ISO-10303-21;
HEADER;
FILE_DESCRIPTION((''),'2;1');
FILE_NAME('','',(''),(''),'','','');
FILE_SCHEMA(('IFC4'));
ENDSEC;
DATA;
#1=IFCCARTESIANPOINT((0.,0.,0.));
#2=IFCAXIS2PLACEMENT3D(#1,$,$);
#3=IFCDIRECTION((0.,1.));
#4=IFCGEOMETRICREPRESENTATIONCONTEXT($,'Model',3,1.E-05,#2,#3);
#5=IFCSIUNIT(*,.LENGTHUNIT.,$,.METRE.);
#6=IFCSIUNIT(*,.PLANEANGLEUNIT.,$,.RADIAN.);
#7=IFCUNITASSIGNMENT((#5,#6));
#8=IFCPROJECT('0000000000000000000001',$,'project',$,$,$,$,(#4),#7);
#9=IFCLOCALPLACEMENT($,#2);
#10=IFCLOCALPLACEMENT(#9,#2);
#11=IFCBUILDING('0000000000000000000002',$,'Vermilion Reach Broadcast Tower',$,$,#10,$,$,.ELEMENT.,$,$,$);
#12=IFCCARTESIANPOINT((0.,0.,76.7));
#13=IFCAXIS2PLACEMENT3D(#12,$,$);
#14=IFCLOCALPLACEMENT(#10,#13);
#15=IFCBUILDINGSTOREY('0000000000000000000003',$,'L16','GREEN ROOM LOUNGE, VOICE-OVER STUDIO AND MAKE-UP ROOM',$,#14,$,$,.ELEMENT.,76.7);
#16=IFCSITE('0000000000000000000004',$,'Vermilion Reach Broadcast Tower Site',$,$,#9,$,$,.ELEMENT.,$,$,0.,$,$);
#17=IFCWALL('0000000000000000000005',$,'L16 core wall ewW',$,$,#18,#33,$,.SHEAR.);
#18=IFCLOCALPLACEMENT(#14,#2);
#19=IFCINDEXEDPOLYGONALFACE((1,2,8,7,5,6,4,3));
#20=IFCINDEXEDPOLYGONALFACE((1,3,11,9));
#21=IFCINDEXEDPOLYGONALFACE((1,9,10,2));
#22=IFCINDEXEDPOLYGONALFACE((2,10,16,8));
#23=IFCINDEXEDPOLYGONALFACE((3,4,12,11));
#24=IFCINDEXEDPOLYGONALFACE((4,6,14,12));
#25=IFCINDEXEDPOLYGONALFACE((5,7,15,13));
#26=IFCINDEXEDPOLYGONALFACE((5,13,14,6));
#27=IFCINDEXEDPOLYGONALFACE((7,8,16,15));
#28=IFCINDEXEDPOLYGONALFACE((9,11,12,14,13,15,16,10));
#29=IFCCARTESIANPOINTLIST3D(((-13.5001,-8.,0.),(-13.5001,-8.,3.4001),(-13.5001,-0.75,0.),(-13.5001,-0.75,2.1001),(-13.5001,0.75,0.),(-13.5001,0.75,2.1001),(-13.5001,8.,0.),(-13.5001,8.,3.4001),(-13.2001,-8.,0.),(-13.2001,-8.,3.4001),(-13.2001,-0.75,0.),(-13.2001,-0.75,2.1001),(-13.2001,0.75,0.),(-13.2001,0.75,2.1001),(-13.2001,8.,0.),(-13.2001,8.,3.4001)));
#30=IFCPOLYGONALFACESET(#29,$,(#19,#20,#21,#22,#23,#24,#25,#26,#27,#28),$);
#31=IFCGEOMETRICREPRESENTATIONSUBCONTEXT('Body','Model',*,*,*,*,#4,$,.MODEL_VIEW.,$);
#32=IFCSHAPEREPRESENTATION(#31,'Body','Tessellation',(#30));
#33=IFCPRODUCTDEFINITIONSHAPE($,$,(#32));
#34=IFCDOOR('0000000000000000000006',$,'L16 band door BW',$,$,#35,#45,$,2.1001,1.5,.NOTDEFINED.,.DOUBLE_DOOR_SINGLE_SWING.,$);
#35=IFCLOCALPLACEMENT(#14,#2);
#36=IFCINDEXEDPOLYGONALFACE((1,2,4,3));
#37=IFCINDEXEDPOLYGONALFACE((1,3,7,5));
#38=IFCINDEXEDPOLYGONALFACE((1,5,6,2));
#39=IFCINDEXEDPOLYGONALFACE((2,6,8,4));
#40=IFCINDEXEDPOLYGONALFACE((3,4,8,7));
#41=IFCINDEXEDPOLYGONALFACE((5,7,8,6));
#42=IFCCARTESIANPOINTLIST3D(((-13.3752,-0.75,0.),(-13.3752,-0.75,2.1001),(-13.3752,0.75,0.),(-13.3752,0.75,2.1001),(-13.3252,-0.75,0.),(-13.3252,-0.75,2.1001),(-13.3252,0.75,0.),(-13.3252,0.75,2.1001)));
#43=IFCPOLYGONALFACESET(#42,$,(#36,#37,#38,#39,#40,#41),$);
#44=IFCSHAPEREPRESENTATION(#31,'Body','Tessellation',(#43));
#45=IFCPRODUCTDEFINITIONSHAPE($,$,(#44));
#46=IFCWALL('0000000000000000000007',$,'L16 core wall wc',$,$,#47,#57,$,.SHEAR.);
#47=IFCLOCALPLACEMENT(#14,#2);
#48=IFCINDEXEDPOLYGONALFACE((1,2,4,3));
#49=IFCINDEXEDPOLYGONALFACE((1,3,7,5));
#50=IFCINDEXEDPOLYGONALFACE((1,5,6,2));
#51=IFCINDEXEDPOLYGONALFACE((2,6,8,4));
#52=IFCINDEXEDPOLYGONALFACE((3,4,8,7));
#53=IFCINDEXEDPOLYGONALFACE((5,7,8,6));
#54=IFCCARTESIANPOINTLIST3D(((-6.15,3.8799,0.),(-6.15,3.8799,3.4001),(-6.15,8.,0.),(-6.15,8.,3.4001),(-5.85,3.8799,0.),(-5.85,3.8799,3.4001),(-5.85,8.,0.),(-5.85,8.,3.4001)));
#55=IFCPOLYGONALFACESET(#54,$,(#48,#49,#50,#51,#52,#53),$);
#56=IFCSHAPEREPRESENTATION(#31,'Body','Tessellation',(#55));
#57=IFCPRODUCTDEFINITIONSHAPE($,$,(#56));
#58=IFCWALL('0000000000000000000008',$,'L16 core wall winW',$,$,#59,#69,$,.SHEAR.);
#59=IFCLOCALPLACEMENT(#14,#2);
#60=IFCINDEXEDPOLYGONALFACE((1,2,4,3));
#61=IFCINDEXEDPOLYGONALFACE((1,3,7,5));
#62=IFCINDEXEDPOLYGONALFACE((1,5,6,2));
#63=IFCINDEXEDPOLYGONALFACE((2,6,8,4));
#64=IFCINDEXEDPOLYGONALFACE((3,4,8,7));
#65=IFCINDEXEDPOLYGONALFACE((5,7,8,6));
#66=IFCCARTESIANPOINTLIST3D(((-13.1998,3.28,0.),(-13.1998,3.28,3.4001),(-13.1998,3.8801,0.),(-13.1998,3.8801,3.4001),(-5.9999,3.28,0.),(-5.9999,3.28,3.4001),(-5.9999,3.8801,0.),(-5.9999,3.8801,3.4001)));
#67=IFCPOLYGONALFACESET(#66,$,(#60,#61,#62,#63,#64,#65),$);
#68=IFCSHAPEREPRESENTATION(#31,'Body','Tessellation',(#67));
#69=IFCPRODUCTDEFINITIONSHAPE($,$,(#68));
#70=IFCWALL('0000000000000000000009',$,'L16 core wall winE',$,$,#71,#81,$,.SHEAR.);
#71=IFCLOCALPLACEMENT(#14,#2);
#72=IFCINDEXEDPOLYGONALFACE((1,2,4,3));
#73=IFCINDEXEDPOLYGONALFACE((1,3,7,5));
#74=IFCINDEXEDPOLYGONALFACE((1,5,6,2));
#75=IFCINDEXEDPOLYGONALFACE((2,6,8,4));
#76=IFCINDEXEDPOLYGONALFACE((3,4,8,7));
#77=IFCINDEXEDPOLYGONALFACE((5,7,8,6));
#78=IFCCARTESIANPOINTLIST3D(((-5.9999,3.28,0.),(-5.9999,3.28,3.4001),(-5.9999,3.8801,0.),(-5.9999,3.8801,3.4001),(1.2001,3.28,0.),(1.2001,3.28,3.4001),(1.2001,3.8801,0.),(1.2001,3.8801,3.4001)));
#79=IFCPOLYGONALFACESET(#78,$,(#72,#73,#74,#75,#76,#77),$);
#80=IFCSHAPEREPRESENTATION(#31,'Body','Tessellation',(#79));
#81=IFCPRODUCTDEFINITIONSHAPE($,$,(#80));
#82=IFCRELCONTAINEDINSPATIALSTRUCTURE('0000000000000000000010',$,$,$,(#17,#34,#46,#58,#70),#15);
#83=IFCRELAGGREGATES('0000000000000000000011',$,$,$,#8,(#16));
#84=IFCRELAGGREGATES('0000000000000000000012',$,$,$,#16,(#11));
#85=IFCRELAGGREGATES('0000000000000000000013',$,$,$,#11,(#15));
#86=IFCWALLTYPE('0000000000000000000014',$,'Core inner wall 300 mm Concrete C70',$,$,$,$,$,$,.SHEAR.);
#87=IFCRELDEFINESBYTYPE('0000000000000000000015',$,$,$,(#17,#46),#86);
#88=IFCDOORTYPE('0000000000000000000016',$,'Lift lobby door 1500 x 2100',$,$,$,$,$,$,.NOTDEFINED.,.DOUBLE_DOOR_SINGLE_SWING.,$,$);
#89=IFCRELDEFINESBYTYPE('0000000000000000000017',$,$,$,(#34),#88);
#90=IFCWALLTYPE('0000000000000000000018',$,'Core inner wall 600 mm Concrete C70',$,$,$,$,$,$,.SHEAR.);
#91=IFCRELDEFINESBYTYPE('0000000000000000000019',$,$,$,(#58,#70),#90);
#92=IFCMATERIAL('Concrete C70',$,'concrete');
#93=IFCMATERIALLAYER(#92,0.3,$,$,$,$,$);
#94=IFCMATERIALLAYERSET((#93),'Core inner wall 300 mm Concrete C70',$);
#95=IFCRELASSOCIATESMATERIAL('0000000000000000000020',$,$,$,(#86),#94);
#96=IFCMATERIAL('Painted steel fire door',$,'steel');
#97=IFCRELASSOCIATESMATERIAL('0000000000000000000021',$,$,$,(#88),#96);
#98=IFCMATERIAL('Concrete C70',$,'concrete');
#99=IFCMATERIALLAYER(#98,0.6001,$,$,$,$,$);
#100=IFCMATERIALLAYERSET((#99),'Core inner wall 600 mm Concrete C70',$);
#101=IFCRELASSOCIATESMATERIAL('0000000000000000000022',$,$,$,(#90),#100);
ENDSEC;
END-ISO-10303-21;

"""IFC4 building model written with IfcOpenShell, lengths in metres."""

from ifc_helpers import new_model, si_unit, direction, frame, frame_2d, origin, place, context, subcontext, project, spatial, rectangle, extrude, material, layer, layer_set, type_object, element, fill, save


model = new_model("IFC4")

# Units and contexts
model_context = context("Model", 3, precision=1e-05, world=origin(), true_north=direction((0.0, 1.0)))
body_context = subcontext(model_context, "Body", "Model", "MODEL_VIEW")
ifc_project = project(units=[si_unit("LENGTHUNIT", "METRE"), si_unit("PLANEANGLEUNIT", "RADIAN")], contexts=[model_context])

# Site, building, storey
site_placement = place(None, origin())
site = spatial("IfcSite", under=ifc_project, at=site_placement, Name="Vermilion Reach Broadcast Tower Site", CompositionType="ELEMENT", RefElevation=0.0)
building_placement = place(site_placement, origin())
building = spatial("IfcBuilding", under=site, at=building_placement, Name="Vermilion Reach Broadcast Tower", CompositionType="ELEMENT")
storey_placement = place(building_placement, frame((0.0, 0.0, 76.7)))
storey = spatial("IfcBuildingStorey", under=building, at=storey_placement, Name="L16", Description="GREEN ROOM LOUNGE, VOICE-OVER STUDIO AND MAKE-UP ROOM", CompositionType="ELEMENT", Elevation=76.7)

# Wall, opening, door
ifc_material_1 = material(Name="Concrete C70", Category="concrete")
ifc_layer_1 = layer(ifc_material_1, 0.3)
ifc_layer_set_1 = layer_set([ifc_layer_1], Name="Core inner wall 300 mm Concrete C70")
wall_type_1 = type_object("IfcWallType", Name="Core inner wall 300 mm Concrete C70", PredefinedType="SHEAR", material=ifc_layer_set_1)
wall_1_placement = place(storey_placement, frame((-13.3501, 8.0, 0.0), z_axis=(0.0, 0.0, 1.0), x_axis=(0.0, -1.0, 0.0)))
wall_1 = element("IfcWall", 1, at=wall_1_placement, inside=storey, type_object=wall_type_1, Name="L16 core wall ewW", PredefinedType="SHEAR", context=body_context, shape_type="SweptSolid", body=[
    extrude(rectangle(XDim=16.0, YDim=0.3, at=frame_2d((8.0, 0.0))), origin(), (0.0, 0.0, 1.0), 3.4001),
])
opening_1_placement = place(wall_1_placement, frame((7.25, 0.0, 0.0)))
opening_1 = element("IfcOpeningElement", 2, at=opening_1_placement, cuts=wall_1, PredefinedType="OPENING", context=body_context, shape_type="SweptSolid", body=[
    extrude(rectangle(XDim=1.5, YDim=2.1001, at=frame_2d((0.75, 1.05))), frame((0.0, 0.1599, 0.0), z_axis=(0.0, -1.0, 0.0), x_axis=(1.0, 0.0, 0.0)), (0.0, 0.0, 1.0), 0.3201),
])
ifc_material_2 = material(Name="Painted steel fire door", Category="steel")
door_type_1 = type_object("IfcDoorType", Name="Lift lobby door 1500 x 2100", OperationType="DOUBLE_DOOR_SINGLE_SWING", PredefinedType="NOTDEFINED", material=ifc_material_2)
door_1_placement = place(opening_1_placement, origin())
door_1 = element("IfcDoor", 3, at=door_1_placement, inside=storey, type_object=door_type_1, Name="L16 band door BW", OperationType="DOUBLE_DOOR_SINGLE_SWING", OverallHeight=2.1001, OverallWidth=1.5, PredefinedType="NOTDEFINED", context=body_context, shape_type="SweptSolid", body=[
    extrude(rectangle(XDim=1.5, YDim=2.1001, at=frame_2d((0.75, 1.05))), frame((0.0, 0.0249, 0.0), z_axis=(0.0, -1.0, 0.0), x_axis=(1.0, 0.0, 0.0)), (0.0, 0.0, 1.0), 0.05),
])
fill(opening_1, door_1)

# Walls
wall_2_placement = place(storey_placement, frame((-6.0, 3.8799, 0.0), z_axis=(0.0, 0.0, 1.0), x_axis=(0.0, 1.0, 0.0)))
element("IfcWall", 4, at=wall_2_placement, inside=storey, type_object=wall_type_1, Name="L16 core wall wc", PredefinedType="SHEAR", context=body_context, shape_type="SweptSolid", body=[
    extrude(rectangle(XDim=4.1201, YDim=0.3, at=frame_2d((2.0601, 0.0))), origin(), (0.0, 0.0, 1.0), 3.4001),
])
ifc_material_3 = material(Name="Concrete C70", Category="concrete")
ifc_layer_2 = layer(ifc_material_3, 0.6001)
ifc_layer_set_2 = layer_set([ifc_layer_2], Name="Core inner wall 600 mm Concrete C70")
wall_type_2 = type_object("IfcWallType", Name="Core inner wall 600 mm Concrete C70", PredefinedType="SHEAR", material=ifc_layer_set_2)
for number, where, z_axis, x_axis, name in (
    (5, (-13.2, 3.5801, 0.0), (0.0, 0.0, 1.0), (1.0, 0.0, 0.0), "L16 core wall winW"),
    (6, (-6.0, 3.5801, 0.0), (0.0, 0.0, 1.0), (1.0, 0.0, 0.0), "L16 core wall winE"),
):
    element("IfcWall", number, at=place(storey_placement, frame(where, z_axis=z_axis, x_axis=x_axis)), inside=storey, type_object=wall_type_2, Name=name, PredefinedType="SHEAR", context=body_context, shape_type="SweptSolid", body=[
        extrude(rectangle(XDim=7.2, YDim=0.6001, at=frame_2d((3.6001, 0.0))), origin(), (0.0, 0.0, 1.0), 3.4001),
    ])

save(model, "model.ifc")
